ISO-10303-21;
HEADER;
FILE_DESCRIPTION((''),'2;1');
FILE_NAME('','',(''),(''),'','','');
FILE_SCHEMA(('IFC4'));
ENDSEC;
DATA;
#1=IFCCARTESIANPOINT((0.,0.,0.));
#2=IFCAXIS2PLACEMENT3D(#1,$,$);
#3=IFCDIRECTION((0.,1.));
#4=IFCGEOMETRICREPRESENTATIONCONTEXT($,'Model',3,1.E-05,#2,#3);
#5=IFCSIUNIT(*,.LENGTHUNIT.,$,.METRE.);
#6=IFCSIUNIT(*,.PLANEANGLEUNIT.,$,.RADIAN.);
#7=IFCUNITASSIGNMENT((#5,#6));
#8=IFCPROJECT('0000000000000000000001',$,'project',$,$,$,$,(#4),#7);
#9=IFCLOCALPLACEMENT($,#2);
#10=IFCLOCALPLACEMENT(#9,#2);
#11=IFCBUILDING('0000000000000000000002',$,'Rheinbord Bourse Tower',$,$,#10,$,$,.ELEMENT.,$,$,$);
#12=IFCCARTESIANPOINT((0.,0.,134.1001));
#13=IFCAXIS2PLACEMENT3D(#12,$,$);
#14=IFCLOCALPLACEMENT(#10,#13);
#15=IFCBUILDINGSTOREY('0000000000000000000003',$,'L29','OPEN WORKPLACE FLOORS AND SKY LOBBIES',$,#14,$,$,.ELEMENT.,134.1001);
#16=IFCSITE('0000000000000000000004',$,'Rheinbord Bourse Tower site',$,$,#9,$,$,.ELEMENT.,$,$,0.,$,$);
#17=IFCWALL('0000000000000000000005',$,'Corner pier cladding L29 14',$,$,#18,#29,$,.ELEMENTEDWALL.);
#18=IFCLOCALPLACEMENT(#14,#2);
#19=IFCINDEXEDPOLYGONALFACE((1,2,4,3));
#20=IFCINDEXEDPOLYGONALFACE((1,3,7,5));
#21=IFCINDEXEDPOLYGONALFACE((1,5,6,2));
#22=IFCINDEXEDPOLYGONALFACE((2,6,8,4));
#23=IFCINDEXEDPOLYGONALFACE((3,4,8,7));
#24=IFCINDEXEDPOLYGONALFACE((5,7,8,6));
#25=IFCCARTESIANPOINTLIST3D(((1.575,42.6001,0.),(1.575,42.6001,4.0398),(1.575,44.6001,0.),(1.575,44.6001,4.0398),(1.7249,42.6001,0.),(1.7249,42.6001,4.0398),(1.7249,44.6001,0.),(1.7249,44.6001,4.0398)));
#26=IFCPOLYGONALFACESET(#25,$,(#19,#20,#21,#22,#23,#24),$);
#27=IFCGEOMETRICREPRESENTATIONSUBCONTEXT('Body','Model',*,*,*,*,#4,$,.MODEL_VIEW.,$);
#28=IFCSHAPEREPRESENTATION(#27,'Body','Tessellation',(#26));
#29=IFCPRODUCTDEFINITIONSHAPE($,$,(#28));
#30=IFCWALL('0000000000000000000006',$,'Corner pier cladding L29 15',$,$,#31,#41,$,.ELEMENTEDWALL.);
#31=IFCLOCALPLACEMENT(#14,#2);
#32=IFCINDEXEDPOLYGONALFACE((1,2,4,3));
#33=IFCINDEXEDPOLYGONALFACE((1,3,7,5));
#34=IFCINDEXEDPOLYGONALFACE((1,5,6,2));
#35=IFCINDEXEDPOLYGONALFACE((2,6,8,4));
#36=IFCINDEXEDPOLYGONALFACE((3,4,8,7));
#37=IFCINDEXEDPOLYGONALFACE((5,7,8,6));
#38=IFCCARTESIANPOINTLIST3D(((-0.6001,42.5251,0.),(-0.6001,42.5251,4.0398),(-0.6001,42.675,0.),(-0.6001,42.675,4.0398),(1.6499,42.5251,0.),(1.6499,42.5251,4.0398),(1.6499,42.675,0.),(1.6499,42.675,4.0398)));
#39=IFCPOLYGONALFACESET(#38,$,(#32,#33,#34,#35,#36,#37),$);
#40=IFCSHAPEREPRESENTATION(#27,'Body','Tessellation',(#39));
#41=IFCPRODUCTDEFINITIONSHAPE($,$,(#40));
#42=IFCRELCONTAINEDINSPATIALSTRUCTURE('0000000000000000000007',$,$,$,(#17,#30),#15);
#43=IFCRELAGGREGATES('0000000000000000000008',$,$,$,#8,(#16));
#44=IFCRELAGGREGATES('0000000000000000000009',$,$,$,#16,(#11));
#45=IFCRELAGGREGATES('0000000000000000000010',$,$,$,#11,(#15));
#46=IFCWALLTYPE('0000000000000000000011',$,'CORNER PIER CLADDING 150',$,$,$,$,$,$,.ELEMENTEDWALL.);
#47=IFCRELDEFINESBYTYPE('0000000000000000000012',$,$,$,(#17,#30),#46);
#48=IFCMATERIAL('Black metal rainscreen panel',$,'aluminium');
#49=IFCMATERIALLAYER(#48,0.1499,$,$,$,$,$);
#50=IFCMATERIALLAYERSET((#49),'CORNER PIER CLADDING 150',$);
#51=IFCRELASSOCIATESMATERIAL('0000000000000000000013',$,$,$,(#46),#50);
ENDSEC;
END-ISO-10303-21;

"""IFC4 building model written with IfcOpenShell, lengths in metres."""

from ifc_helpers import new_model, si_unit, direction, frame, frame_2d, origin, place, context, subcontext, project, spatial, rectangle, extrude, material, layer, layer_set, type_object, element, save


model = new_model("IFC4")

# Units and contexts
model_context = context("Model", 3, precision=1e-05, world=origin(), true_north=direction((0.0, 1.0)))
body_context = subcontext(model_context, "Body", "Model", "MODEL_VIEW")
ifc_project = project(units=[si_unit("LENGTHUNIT", "METRE"), si_unit("PLANEANGLEUNIT", "RADIAN")], contexts=[model_context])

# Site, building, storey
site_placement = place(None, origin())
site = spatial("IfcSite", under=ifc_project, at=site_placement, Name="Rheinbord Bourse Tower site", CompositionType="ELEMENT", RefElevation=0.0)
building_placement = place(site_placement, origin())
building = spatial("IfcBuilding", under=site, at=building_placement, Name="Rheinbord Bourse Tower", CompositionType="ELEMENT")
storey_placement = place(building_placement, frame((0.0, 0.0, 134.1001)))
storey = spatial("IfcBuildingStorey", under=building, at=storey_placement, Name="L29", Description="OPEN WORKPLACE FLOORS AND SKY LOBBIES", CompositionType="ELEMENT", Elevation=134.1001)

# Walls
ifc_material_1 = material(Name="Black metal rainscreen panel", Category="aluminium")
ifc_layer_1 = layer(ifc_material_1, 0.1499)
ifc_layer_set_1 = layer_set([ifc_layer_1], Name="CORNER PIER CLADDING 150")
wall_type = type_object("IfcWallType", Name="CORNER PIER CLADDING 150", PredefinedType="ELEMENTEDWALL", material=ifc_layer_set_1)
wall_1_placement = place(storey_placement, frame((1.6499, 44.6001, 0.0), z_axis=(0.0, 0.0, 1.0), x_axis=(0.0, -1.0, 0.0)))
element("IfcWall", 1, at=wall_1_placement, inside=storey, type_object=wall_type, Name="Corner pier cladding L29 14", PredefinedType="ELEMENTEDWALL", context=body_context, shape_type="SweptSolid", body=[
    extrude(rectangle(XDim=2.0, YDim=0.1499, at=frame_2d((1.0, 0.0))), origin(), (0.0, 0.0, 1.0), 4.0398),
])
wall_2_placement = place(storey_placement, frame((1.6499, 42.6001, 0.0), z_axis=(0.0, 0.0, 1.0), x_axis=(-1.0, 0.0, 0.0)))
element("IfcWall", 2, at=wall_2_placement, inside=storey, type_object=wall_type, Name="Corner pier cladding L29 15", PredefinedType="ELEMENTEDWALL", context=body_context, shape_type="SweptSolid", body=[
    extrude(rectangle(XDim=2.25, YDim=0.1499, at=frame_2d((1.125, 0.0))), origin(), (0.0, 0.0, 1.0), 4.0398),
])

save(model, "model.ifc")
